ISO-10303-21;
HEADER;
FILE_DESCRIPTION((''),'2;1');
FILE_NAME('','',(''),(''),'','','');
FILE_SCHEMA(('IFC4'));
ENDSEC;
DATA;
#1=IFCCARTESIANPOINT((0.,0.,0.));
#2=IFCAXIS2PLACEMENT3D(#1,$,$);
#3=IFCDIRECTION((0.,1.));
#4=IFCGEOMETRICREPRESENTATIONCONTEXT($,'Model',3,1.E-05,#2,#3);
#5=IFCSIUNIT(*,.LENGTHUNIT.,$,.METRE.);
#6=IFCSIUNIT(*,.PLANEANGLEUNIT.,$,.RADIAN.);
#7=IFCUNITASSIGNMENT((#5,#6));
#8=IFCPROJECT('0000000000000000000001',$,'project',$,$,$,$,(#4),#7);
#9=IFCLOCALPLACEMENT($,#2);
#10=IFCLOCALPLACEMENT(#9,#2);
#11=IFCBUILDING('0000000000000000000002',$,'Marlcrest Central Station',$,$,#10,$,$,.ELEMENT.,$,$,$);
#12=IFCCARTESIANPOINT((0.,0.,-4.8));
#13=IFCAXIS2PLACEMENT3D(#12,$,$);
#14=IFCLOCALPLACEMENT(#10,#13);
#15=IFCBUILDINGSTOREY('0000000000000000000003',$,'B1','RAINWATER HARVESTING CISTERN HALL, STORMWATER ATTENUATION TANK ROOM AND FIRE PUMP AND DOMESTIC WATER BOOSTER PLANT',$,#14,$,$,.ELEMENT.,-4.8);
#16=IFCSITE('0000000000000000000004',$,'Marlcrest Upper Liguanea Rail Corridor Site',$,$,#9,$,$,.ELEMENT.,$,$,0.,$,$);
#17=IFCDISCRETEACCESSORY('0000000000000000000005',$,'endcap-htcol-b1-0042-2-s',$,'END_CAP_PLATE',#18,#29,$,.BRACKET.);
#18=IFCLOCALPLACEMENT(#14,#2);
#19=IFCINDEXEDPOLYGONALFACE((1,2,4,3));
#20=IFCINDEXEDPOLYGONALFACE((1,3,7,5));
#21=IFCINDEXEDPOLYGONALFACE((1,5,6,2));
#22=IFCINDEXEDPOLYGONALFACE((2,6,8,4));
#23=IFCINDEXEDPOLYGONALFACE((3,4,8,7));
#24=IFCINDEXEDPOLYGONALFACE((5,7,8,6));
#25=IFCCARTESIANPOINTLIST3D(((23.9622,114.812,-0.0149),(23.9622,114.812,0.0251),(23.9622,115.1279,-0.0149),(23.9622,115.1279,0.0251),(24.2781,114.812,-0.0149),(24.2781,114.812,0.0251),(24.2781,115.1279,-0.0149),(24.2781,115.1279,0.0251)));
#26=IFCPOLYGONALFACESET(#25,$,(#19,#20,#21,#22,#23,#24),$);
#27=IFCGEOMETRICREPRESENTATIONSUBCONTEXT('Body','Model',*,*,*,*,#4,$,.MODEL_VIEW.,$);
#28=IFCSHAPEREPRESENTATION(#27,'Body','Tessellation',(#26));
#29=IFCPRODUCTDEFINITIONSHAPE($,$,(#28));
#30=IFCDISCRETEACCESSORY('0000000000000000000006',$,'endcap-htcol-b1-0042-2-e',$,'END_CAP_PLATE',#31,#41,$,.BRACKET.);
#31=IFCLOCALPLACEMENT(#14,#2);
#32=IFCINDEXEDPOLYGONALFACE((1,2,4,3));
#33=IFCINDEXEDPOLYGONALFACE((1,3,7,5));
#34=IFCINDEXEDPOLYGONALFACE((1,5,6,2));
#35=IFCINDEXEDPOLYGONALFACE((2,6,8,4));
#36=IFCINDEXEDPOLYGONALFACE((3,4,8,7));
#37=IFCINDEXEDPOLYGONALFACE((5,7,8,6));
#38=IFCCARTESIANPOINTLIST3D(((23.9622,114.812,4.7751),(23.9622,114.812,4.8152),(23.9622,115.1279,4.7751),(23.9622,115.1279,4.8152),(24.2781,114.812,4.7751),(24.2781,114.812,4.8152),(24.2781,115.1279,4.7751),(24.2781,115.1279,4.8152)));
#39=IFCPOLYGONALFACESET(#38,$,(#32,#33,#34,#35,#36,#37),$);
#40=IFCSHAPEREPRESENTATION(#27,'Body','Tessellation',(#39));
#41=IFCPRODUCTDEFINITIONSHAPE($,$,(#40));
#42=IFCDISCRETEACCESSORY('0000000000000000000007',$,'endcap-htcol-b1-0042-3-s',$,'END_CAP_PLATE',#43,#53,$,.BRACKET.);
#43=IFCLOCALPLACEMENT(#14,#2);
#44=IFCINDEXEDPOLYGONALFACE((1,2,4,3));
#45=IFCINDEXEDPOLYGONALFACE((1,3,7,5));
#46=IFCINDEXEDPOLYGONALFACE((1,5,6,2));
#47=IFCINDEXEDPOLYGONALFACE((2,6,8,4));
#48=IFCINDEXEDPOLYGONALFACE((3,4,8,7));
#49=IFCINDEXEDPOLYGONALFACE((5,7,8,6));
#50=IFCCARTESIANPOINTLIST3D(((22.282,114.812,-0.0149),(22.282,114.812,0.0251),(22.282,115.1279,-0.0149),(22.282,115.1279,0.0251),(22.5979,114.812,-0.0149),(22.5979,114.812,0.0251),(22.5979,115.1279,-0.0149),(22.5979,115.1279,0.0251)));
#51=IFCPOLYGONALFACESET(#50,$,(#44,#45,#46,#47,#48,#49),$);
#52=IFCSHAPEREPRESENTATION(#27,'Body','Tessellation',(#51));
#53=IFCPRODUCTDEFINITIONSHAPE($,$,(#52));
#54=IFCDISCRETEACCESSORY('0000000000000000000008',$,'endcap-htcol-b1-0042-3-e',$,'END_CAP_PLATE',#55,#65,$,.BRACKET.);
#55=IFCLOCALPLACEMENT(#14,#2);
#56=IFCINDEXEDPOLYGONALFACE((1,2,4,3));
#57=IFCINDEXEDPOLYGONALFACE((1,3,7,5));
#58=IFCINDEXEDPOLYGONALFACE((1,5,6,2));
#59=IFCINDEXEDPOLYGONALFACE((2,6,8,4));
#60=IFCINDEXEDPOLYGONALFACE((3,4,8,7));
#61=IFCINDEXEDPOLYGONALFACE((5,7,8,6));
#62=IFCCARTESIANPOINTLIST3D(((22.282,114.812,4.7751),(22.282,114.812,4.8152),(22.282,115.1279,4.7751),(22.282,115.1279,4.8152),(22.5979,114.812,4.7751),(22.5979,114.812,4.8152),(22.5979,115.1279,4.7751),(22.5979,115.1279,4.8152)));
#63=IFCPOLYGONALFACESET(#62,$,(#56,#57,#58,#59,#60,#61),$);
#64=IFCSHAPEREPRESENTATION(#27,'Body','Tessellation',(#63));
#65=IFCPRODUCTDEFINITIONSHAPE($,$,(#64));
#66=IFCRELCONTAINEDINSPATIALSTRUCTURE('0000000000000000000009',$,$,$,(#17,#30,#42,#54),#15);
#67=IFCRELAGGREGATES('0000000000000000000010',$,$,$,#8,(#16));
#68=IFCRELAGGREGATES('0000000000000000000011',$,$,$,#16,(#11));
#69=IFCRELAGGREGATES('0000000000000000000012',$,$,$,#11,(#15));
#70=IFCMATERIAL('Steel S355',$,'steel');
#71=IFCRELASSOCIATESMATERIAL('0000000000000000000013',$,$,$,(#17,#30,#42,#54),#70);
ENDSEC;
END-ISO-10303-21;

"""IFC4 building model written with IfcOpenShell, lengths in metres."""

from ifc_helpers import new_model, si_unit, direction, frame, origin, origin_2d, place, context, subcontext, project, spatial, rectangle, extrude, material, element, save


model = new_model("IFC4")

# Units and contexts
model_context = context("Model", 3, precision=1e-05, world=origin(), true_north=direction((0.0, 1.0)))
body_context = subcontext(model_context, "Body", "Model", "MODEL_VIEW")
ifc_project = project(units=[si_unit("LENGTHUNIT", "METRE"), si_unit("PLANEANGLEUNIT", "RADIAN")], contexts=[model_context])

# Site, building, storey
site_placement = place(None, origin())
site = spatial("IfcSite", under=ifc_project, at=site_placement, Name="Marlcrest Upper Liguanea Rail Corridor Site", CompositionType="ELEMENT", RefElevation=0.0)
building_placement = place(site_placement, origin())
building = spatial("IfcBuilding", under=site, at=building_placement, Name="Marlcrest Central Station", CompositionType="ELEMENT")
storey_placement = place(building_placement, frame((0.0, 0.0, -4.8)))
storey = spatial("IfcBuildingStorey", under=building, at=storey_placement, Name="B1", Description="RAINWATER HARVESTING CISTERN HALL, STORMWATER ATTENUATION TANK ROOM AND FIRE PUMP AND DOMESTIC WATER BOOSTER PLANT", CompositionType="ELEMENT", Elevation=-4.8)

# Shared definitions
ifc_material_1 = material(Name="Steel S355", Category="steel")

# Discrete accessories
for number, where, z_axis, x_axis, name in (
    (1, (24.1201, 114.97, -0.0149), (0.0, 0.0, 1.0), (1.0, 0.0, 0.0), "endcap-htcol-b1-0042-2-s"),
    (2, (24.1201, 114.97, 4.7751), (0.0, 0.0, 1.0), (1.0, 0.0, 0.0), "endcap-htcol-b1-0042-2-e"),
    (3, (22.4399, 114.97, -0.0149), (0.0, 0.0, 1.0), (1.0, 0.0, 0.0), "endcap-htcol-b1-0042-3-s"),
    (4, (22.4399, 114.97, 4.7751), (0.0, 0.0, 1.0), (1.0, 0.0, 0.0), "endcap-htcol-b1-0042-3-e"),
):
    element("IfcDiscreteAccessory", number, at=place(storey_placement, frame(where, z_axis=z_axis, x_axis=x_axis)), inside=storey, material=ifc_material_1, Name=name, ObjectType="END_CAP_PLATE", PredefinedType="BRACKET", context=body_context, shape_type="SweptSolid", body=[
        extrude(rectangle(XDim=0.3159, YDim=0.3159, at=origin_2d()), origin(), (0.0, 0.0, 1.0), 0.04),
    ])

save(model, "model.ifc")
